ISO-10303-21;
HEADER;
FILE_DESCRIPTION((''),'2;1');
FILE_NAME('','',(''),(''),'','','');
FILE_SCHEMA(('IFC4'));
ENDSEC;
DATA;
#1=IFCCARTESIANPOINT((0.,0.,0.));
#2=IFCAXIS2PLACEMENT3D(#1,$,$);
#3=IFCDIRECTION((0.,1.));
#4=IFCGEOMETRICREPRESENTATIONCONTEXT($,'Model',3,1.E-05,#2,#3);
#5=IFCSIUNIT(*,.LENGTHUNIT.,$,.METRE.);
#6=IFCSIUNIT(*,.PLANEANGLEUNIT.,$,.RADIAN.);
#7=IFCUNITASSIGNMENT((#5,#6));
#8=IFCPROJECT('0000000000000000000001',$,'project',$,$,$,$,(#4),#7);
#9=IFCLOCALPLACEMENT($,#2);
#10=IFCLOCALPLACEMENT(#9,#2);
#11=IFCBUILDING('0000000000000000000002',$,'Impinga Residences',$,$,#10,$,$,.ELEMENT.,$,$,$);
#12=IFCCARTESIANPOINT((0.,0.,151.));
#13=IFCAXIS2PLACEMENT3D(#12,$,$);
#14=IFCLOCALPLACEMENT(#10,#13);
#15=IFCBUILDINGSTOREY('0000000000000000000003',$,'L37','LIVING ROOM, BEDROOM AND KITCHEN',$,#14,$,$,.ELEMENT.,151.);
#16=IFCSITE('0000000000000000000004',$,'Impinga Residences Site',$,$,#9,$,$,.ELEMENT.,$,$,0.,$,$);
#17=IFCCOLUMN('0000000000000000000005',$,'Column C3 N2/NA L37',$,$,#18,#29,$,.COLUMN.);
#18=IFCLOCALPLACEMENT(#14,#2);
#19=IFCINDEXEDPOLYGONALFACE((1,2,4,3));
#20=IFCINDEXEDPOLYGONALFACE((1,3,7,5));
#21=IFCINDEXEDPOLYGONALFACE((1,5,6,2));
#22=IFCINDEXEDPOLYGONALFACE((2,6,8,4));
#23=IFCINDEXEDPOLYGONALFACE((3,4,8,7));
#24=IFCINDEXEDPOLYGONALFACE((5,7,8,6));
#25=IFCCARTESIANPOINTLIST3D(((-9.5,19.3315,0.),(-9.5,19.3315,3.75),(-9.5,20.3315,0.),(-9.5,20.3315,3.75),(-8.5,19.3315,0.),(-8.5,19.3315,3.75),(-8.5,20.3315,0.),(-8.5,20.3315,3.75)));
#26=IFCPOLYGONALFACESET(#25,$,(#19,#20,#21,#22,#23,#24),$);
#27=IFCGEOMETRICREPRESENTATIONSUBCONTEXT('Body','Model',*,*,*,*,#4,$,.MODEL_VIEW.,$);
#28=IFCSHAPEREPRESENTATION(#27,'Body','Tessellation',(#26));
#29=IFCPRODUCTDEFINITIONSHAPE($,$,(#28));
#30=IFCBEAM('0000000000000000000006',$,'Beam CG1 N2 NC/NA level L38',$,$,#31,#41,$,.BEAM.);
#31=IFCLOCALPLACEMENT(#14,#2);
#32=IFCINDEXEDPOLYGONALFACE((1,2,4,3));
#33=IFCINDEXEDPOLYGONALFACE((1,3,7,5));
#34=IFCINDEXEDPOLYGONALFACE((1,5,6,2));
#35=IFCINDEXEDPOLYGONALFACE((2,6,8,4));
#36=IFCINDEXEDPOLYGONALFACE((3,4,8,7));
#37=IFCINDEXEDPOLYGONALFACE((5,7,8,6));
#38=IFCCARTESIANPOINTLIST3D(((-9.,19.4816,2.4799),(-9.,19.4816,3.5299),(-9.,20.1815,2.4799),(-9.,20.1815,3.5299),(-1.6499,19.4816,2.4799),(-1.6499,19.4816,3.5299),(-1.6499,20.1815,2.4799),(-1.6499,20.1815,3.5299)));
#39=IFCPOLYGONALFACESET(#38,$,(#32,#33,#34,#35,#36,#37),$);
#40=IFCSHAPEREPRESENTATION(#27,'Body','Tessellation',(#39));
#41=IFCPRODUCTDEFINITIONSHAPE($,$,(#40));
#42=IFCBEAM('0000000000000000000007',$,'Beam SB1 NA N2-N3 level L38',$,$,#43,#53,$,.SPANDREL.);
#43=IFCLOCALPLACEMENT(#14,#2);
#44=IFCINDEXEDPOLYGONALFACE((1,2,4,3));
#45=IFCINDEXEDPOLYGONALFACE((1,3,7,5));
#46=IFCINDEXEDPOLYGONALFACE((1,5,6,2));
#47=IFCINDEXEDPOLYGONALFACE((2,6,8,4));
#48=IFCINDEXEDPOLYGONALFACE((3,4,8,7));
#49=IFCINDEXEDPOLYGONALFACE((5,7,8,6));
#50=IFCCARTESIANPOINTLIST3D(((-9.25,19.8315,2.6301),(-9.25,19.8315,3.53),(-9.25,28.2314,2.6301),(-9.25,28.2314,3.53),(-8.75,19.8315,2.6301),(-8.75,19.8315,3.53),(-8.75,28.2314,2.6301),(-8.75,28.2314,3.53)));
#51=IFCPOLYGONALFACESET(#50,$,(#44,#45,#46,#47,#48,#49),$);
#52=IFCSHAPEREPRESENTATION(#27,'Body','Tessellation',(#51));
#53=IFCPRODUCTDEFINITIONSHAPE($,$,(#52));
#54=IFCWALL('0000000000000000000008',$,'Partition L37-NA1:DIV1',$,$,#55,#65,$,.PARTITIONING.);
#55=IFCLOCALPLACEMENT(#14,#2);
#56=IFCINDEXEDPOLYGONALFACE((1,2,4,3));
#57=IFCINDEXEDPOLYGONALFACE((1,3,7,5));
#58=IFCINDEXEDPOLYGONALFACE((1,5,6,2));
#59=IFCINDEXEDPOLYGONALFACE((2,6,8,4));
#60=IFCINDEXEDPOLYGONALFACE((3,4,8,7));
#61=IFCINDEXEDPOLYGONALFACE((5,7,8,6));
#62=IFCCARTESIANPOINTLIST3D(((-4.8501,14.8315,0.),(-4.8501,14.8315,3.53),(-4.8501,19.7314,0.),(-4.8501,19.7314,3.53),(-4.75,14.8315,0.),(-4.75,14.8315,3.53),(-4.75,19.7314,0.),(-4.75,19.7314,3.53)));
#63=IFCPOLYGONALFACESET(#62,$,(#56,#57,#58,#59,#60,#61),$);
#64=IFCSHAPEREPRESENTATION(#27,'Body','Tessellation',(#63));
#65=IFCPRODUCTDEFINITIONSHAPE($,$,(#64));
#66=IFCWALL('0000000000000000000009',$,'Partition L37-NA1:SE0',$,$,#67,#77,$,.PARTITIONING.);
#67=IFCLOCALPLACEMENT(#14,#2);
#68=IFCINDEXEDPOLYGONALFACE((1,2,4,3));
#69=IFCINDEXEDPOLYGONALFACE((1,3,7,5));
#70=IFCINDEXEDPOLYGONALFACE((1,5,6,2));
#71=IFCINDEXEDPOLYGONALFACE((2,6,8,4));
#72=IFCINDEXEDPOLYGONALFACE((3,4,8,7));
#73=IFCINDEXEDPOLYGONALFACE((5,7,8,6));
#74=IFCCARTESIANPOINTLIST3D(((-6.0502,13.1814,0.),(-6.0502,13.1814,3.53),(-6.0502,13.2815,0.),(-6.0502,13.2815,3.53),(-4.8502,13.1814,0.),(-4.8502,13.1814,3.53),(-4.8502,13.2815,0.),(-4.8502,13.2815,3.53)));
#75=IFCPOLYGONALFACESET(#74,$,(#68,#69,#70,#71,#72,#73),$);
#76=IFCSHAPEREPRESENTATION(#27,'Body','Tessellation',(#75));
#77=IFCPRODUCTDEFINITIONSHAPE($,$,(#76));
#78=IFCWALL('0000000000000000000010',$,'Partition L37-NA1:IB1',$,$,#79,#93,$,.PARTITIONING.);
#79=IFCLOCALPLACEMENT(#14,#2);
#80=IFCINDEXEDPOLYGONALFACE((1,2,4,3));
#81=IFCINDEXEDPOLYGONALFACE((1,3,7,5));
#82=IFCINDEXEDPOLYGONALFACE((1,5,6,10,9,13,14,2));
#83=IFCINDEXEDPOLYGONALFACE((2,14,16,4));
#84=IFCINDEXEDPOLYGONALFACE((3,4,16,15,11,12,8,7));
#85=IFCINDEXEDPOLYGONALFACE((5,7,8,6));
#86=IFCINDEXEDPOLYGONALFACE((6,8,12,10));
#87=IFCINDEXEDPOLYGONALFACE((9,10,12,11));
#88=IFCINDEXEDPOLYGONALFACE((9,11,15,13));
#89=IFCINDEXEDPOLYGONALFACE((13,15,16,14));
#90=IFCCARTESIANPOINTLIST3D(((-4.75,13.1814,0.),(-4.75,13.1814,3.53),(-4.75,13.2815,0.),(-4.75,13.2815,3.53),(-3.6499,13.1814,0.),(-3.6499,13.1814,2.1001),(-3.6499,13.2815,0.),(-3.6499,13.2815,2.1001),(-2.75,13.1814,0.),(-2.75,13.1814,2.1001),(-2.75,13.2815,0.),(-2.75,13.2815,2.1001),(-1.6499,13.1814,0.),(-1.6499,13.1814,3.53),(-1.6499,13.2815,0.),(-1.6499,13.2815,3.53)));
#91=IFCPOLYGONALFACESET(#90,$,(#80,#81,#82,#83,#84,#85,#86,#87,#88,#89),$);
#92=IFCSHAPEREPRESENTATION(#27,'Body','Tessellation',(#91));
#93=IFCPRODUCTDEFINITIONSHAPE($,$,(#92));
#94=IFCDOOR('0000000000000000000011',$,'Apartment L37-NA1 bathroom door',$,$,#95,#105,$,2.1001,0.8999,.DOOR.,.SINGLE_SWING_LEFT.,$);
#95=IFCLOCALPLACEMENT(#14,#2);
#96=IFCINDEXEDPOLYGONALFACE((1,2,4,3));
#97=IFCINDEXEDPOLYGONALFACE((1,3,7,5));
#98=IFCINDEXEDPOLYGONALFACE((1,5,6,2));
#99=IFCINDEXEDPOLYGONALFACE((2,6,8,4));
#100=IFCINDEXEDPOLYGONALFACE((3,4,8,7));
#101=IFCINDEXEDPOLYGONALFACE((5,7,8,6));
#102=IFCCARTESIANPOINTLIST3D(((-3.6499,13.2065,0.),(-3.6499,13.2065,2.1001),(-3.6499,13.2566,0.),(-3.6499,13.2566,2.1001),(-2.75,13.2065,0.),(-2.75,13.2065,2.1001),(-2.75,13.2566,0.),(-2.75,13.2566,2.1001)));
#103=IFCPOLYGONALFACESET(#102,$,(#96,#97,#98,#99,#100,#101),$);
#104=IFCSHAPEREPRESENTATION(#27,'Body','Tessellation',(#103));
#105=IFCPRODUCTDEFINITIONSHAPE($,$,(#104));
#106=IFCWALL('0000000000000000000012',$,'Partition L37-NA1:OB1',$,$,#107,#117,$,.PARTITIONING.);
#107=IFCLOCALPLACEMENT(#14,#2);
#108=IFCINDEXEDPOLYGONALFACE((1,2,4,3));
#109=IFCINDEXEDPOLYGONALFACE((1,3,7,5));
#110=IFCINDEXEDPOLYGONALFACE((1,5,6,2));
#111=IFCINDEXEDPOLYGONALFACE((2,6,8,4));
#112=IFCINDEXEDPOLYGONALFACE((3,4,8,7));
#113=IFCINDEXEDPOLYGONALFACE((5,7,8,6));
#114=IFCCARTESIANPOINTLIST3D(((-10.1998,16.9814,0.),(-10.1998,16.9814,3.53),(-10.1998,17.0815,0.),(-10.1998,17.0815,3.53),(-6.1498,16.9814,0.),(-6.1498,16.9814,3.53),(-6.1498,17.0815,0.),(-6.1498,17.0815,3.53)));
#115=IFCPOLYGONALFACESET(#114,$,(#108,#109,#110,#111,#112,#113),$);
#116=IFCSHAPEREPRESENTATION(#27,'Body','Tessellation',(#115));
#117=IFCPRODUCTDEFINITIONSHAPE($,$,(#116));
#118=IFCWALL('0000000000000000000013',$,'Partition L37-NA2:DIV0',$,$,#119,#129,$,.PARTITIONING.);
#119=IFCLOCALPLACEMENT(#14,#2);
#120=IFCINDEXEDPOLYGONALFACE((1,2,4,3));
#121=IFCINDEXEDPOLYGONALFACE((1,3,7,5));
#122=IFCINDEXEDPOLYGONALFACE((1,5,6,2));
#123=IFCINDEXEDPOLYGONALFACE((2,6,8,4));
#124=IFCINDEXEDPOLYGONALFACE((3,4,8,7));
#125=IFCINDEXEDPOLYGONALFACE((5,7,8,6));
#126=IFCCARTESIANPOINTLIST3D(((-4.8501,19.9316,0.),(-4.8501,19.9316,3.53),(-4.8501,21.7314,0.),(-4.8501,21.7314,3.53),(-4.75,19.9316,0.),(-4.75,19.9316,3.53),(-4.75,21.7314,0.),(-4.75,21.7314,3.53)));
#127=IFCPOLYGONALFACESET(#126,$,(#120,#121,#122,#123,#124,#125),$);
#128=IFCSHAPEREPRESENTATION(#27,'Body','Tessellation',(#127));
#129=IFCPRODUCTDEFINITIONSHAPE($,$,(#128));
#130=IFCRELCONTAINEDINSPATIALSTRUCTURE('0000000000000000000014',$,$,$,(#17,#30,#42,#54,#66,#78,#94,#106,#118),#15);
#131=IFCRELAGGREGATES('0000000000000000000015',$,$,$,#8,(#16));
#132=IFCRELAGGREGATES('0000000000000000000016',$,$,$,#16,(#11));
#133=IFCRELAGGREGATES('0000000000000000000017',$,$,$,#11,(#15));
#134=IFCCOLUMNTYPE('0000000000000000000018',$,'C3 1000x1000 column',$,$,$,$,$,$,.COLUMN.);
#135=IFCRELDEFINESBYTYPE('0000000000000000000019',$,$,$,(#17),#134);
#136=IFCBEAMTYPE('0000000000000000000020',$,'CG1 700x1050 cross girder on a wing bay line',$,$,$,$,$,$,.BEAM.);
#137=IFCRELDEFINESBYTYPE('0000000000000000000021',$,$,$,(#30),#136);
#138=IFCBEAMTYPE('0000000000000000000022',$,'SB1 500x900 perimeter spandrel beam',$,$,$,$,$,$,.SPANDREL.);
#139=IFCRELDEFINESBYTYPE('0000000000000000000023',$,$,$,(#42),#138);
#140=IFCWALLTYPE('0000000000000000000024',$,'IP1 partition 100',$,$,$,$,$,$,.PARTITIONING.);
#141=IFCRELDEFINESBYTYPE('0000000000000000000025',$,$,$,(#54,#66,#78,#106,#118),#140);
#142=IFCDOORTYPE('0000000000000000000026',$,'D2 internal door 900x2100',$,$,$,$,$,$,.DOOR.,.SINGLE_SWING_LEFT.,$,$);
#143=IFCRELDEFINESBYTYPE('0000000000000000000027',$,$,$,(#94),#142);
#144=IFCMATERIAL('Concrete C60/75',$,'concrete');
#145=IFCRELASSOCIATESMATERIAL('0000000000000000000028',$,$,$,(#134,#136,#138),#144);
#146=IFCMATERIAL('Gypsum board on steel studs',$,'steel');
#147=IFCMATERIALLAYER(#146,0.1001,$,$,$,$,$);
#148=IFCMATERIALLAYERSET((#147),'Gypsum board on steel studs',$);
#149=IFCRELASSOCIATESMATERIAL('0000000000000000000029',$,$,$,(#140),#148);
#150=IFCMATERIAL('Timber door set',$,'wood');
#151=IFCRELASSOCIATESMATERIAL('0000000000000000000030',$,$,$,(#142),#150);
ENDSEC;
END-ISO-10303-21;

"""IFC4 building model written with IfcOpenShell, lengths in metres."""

from ifc_helpers import new_model, si_unit, direction, frame, frame_2d, origin, origin_2d, place, context, subcontext, project, spatial, rectangle, extrude, material, layer, layer_set, material_profile, profile_set, type_object, element, fill, save


model = new_model("IFC4")

# Units and contexts
model_context = context("Model", 3, precision=1e-05, world=origin(), true_north=direction((0.0, 1.0)))
body_context = subcontext(model_context, "Body", "Model", "MODEL_VIEW")
ifc_project = project(units=[si_unit("LENGTHUNIT", "METRE"), si_unit("PLANEANGLEUNIT", "RADIAN")], contexts=[model_context])

# Site, building, storey
site_placement = place(None, origin())
site = spatial("IfcSite", under=ifc_project, at=site_placement, Name="Impinga Residences Site", CompositionType="ELEMENT", RefElevation=0.0)
building_placement = place(site_placement, origin())
building = spatial("IfcBuilding", under=site, at=building_placement, Name="Impinga Residences", CompositionType="ELEMENT")
storey_placement = place(building_placement, frame((0.0, 0.0, 151.0)))
storey = spatial("IfcBuildingStorey", under=building, at=storey_placement, Name="L37", Description="LIVING ROOM, BEDROOM AND KITCHEN", CompositionType="ELEMENT", Elevation=151.0)

# Column
ifc_material_1 = material(Name="Concrete C60/75", Category="concrete")
ifc_material_profile_1 = material_profile(ifc_material_1, rectangle(XDim=1.0, YDim=1.0, at=origin_2d()), Name="RC 1000x1000")
ifc_profile_set_1 = profile_set([ifc_material_profile_1], Name="Concrete C60/75")
column_type = type_object("IfcColumnType", Name="C3 1000x1000 column", PredefinedType="COLUMN", material=ifc_profile_set_1)
column_placement = place(storey_placement, frame((-9.0, 19.8315, 0.0), z_axis=(0.0, 0.0, 1.0), x_axis=(1.0, 0.0, 0.0)))
element("IfcColumn", 1, at=column_placement, inside=storey, type_object=column_type, Name="Column C3 N2/NA L37", PredefinedType="COLUMN", context=body_context, shape_type="SweptSolid", body=[
    extrude(rectangle(XDim=1.0, YDim=1.0, at=origin_2d()), origin(), (0.0, 0.0, 1.0), 3.75),
])

# Beams
ifc_material_profile_2 = material_profile(ifc_material_1, rectangle(XDim=0.7, YDim=1.05, at=origin_2d()), Name="RC 700x1050")
ifc_profile_set_2 = profile_set([ifc_material_profile_2], Name="Concrete C60/75")
beam_type_1 = type_object("IfcBeamType", Name="CG1 700x1050 cross girder on a wing bay line", PredefinedType="BEAM", material=ifc_profile_set_2)
beam_1_placement = place(storey_placement, frame((-1.6499, 19.8315, 3.0049), z_axis=(-1.0, 0.0, 0.0), x_axis=(0.0, -1.0, 0.0)))
element("IfcBeam", 2, at=beam_1_placement, inside=storey, type_object=beam_type_1, Name="Beam CG1 N2 NC/NA level L38", PredefinedType="BEAM", context=body_context, shape_type="SweptSolid", body=[
    extrude(rectangle(XDim=0.7, YDim=1.05, at=origin_2d()), origin(), (0.0, 0.0, 1.0), 7.3501),
])
ifc_material_profile_3 = material_profile(ifc_material_1, rectangle(XDim=0.5, YDim=0.8999, at=origin_2d()), Name="RC 500x900")
ifc_profile_set_3 = profile_set([ifc_material_profile_3], Name="Concrete C60/75")
beam_type_2 = type_object("IfcBeamType", Name="SB1 500x900 perimeter spandrel beam", PredefinedType="SPANDREL", material=ifc_profile_set_3)
beam_2_placement = place(storey_placement, frame((-9.0, 19.8315, 3.0801), z_axis=(0.0, 1.0, 0.0), x_axis=(-1.0, 0.0, 0.0)))
element("IfcBeam", 3, at=beam_2_placement, inside=storey, type_object=beam_type_2, Name="Beam SB1 NA N2-N3 level L38", PredefinedType="SPANDREL", context=body_context, shape_type="SweptSolid", body=[
    extrude(rectangle(XDim=0.5, YDim=0.8999, at=origin_2d()), origin(), (0.0, 0.0, 1.0), 8.3999),
])

# Walls
ifc_material_2 = material(Name="Gypsum board on steel studs", Category="steel")
ifc_layer_1 = layer(ifc_material_2, 0.1001)
ifc_layer_set_1 = layer_set([ifc_layer_1], Name="Gypsum board on steel studs")
wall_type_1 = type_object("IfcWallType", Name="IP1 partition 100", PredefinedType="PARTITIONING", material=ifc_layer_set_1)
wall_1_placement = place(storey_placement, frame((-4.8, 14.8315, 0.0), z_axis=(0.0, 0.0, 1.0), x_axis=(0.0, 1.0, 0.0)))
element("IfcWall", 4, at=wall_1_placement, inside=storey, type_object=wall_type_1, Name="Partition L37-NA1:DIV1", PredefinedType="PARTITIONING", context=body_context, shape_type="SweptSolid", body=[
    extrude(rectangle(XDim=4.8999, YDim=0.1001, at=frame_2d((2.45, 0.0))), origin(), (0.0, 0.0, 1.0), 3.53),
])
wall_2_placement = place(storey_placement, frame((-4.8501, 13.2314, 0.0), z_axis=(0.0, 0.0, 1.0), x_axis=(-1.0, 0.0, 0.0)))
element("IfcWall", 5, at=wall_2_placement, inside=storey, type_object=wall_type_1, Name="Partition L37-NA1:SE0", PredefinedType="PARTITIONING", context=body_context, shape_type="SweptSolid", body=[
    extrude(rectangle(XDim=1.2, YDim=0.1001, at=frame_2d((0.6001, 0.0))), origin(), (0.0, 0.0, 1.0), 3.53),
])

# Wall, opening, door
wall_3_placement = place(storey_placement, frame((-1.6499, 13.2314, 0.0), z_axis=(0.0, 0.0, 1.0), x_axis=(-1.0, 0.0, 0.0)))
wall_3 = element("IfcWall", 6, at=wall_3_placement, inside=storey, type_object=wall_type_1, Name="Partition L37-NA1:IB1", PredefinedType="PARTITIONING", context=body_context, shape_type="SweptSolid", body=[
    extrude(rectangle(XDim=3.1001, YDim=0.1001, at=frame_2d((1.55, 0.0))), origin(), (0.0, 0.0, 1.0), 3.53),
])
opening_1_placement = place(wall_3_placement, frame((1.1001, 0.0, 0.0)))
opening_1 = element("IfcOpeningElement", 7, at=opening_1_placement, cuts=wall_3, PredefinedType="OPENING", context=body_context, shape_type="SweptSolid", body=[
    extrude(rectangle(XDim=0.8999, YDim=2.1001, at=frame_2d((0.45, 1.05))), frame((0.0, 0.0601, 0.0), z_axis=(0.0, -1.0, 0.0), x_axis=(1.0, 0.0, 0.0)), (0.0, 0.0, 1.0), 0.1201),
])
ifc_material_3 = material(Name="Timber door set", Category="wood")
door_type = type_object("IfcDoorType", Name="D2 internal door 900x2100", OperationType="SINGLE_SWING_LEFT", PredefinedType="DOOR", material=ifc_material_3)
door_1_placement = place(opening_1_placement, origin())
door_1 = element("IfcDoor", 8, at=door_1_placement, inside=storey, type_object=door_type, Name="Apartment L37-NA1 bathroom door", OperationType="SINGLE_SWING_LEFT", OverallHeight=2.1001, OverallWidth=0.8999, PredefinedType="DOOR", context=body_context, shape_type="SweptSolid", body=[
    extrude(rectangle(XDim=0.8999, YDim=2.1001, at=frame_2d((0.45, 1.05))), frame((0.0, 0.0249, 0.0), z_axis=(0.0, -1.0, 0.0), x_axis=(1.0, 0.0, 0.0)), (0.0, 0.0, 1.0), 0.05),
])
fill(opening_1, door_1)

# Walls
wall_4_placement = place(storey_placement, frame((-6.1499, 17.0315, 0.0), z_axis=(0.0, 0.0, 1.0), x_axis=(-1.0, 0.0, 0.0)))
element("IfcWall", 9, at=wall_4_placement, inside=storey, type_object=wall_type_1, Name="Partition L37-NA1:OB1", PredefinedType="PARTITIONING", context=body_context, shape_type="SweptSolid", body=[
    extrude(rectangle(XDim=4.05, YDim=0.1001, at=frame_2d((2.0249, 0.0))), origin(), (0.0, 0.0, 1.0), 3.53),
])
wall_5_placement = place(storey_placement, frame((-4.8, 19.9316, 0.0), z_axis=(0.0, 0.0, 1.0), x_axis=(0.0, 1.0, 0.0)))
element("IfcWall", 10, at=wall_5_placement, inside=storey, type_object=wall_type_1, Name="Partition L37-NA2:DIV0", PredefinedType="PARTITIONING", context=body_context, shape_type="SweptSolid", body=[
    extrude(rectangle(XDim=1.7998, YDim=0.1001, at=frame_2d((0.8999, 0.0))), origin(), (0.0, 0.0, 1.0), 3.53),
])

save(model, "model.ifc")
